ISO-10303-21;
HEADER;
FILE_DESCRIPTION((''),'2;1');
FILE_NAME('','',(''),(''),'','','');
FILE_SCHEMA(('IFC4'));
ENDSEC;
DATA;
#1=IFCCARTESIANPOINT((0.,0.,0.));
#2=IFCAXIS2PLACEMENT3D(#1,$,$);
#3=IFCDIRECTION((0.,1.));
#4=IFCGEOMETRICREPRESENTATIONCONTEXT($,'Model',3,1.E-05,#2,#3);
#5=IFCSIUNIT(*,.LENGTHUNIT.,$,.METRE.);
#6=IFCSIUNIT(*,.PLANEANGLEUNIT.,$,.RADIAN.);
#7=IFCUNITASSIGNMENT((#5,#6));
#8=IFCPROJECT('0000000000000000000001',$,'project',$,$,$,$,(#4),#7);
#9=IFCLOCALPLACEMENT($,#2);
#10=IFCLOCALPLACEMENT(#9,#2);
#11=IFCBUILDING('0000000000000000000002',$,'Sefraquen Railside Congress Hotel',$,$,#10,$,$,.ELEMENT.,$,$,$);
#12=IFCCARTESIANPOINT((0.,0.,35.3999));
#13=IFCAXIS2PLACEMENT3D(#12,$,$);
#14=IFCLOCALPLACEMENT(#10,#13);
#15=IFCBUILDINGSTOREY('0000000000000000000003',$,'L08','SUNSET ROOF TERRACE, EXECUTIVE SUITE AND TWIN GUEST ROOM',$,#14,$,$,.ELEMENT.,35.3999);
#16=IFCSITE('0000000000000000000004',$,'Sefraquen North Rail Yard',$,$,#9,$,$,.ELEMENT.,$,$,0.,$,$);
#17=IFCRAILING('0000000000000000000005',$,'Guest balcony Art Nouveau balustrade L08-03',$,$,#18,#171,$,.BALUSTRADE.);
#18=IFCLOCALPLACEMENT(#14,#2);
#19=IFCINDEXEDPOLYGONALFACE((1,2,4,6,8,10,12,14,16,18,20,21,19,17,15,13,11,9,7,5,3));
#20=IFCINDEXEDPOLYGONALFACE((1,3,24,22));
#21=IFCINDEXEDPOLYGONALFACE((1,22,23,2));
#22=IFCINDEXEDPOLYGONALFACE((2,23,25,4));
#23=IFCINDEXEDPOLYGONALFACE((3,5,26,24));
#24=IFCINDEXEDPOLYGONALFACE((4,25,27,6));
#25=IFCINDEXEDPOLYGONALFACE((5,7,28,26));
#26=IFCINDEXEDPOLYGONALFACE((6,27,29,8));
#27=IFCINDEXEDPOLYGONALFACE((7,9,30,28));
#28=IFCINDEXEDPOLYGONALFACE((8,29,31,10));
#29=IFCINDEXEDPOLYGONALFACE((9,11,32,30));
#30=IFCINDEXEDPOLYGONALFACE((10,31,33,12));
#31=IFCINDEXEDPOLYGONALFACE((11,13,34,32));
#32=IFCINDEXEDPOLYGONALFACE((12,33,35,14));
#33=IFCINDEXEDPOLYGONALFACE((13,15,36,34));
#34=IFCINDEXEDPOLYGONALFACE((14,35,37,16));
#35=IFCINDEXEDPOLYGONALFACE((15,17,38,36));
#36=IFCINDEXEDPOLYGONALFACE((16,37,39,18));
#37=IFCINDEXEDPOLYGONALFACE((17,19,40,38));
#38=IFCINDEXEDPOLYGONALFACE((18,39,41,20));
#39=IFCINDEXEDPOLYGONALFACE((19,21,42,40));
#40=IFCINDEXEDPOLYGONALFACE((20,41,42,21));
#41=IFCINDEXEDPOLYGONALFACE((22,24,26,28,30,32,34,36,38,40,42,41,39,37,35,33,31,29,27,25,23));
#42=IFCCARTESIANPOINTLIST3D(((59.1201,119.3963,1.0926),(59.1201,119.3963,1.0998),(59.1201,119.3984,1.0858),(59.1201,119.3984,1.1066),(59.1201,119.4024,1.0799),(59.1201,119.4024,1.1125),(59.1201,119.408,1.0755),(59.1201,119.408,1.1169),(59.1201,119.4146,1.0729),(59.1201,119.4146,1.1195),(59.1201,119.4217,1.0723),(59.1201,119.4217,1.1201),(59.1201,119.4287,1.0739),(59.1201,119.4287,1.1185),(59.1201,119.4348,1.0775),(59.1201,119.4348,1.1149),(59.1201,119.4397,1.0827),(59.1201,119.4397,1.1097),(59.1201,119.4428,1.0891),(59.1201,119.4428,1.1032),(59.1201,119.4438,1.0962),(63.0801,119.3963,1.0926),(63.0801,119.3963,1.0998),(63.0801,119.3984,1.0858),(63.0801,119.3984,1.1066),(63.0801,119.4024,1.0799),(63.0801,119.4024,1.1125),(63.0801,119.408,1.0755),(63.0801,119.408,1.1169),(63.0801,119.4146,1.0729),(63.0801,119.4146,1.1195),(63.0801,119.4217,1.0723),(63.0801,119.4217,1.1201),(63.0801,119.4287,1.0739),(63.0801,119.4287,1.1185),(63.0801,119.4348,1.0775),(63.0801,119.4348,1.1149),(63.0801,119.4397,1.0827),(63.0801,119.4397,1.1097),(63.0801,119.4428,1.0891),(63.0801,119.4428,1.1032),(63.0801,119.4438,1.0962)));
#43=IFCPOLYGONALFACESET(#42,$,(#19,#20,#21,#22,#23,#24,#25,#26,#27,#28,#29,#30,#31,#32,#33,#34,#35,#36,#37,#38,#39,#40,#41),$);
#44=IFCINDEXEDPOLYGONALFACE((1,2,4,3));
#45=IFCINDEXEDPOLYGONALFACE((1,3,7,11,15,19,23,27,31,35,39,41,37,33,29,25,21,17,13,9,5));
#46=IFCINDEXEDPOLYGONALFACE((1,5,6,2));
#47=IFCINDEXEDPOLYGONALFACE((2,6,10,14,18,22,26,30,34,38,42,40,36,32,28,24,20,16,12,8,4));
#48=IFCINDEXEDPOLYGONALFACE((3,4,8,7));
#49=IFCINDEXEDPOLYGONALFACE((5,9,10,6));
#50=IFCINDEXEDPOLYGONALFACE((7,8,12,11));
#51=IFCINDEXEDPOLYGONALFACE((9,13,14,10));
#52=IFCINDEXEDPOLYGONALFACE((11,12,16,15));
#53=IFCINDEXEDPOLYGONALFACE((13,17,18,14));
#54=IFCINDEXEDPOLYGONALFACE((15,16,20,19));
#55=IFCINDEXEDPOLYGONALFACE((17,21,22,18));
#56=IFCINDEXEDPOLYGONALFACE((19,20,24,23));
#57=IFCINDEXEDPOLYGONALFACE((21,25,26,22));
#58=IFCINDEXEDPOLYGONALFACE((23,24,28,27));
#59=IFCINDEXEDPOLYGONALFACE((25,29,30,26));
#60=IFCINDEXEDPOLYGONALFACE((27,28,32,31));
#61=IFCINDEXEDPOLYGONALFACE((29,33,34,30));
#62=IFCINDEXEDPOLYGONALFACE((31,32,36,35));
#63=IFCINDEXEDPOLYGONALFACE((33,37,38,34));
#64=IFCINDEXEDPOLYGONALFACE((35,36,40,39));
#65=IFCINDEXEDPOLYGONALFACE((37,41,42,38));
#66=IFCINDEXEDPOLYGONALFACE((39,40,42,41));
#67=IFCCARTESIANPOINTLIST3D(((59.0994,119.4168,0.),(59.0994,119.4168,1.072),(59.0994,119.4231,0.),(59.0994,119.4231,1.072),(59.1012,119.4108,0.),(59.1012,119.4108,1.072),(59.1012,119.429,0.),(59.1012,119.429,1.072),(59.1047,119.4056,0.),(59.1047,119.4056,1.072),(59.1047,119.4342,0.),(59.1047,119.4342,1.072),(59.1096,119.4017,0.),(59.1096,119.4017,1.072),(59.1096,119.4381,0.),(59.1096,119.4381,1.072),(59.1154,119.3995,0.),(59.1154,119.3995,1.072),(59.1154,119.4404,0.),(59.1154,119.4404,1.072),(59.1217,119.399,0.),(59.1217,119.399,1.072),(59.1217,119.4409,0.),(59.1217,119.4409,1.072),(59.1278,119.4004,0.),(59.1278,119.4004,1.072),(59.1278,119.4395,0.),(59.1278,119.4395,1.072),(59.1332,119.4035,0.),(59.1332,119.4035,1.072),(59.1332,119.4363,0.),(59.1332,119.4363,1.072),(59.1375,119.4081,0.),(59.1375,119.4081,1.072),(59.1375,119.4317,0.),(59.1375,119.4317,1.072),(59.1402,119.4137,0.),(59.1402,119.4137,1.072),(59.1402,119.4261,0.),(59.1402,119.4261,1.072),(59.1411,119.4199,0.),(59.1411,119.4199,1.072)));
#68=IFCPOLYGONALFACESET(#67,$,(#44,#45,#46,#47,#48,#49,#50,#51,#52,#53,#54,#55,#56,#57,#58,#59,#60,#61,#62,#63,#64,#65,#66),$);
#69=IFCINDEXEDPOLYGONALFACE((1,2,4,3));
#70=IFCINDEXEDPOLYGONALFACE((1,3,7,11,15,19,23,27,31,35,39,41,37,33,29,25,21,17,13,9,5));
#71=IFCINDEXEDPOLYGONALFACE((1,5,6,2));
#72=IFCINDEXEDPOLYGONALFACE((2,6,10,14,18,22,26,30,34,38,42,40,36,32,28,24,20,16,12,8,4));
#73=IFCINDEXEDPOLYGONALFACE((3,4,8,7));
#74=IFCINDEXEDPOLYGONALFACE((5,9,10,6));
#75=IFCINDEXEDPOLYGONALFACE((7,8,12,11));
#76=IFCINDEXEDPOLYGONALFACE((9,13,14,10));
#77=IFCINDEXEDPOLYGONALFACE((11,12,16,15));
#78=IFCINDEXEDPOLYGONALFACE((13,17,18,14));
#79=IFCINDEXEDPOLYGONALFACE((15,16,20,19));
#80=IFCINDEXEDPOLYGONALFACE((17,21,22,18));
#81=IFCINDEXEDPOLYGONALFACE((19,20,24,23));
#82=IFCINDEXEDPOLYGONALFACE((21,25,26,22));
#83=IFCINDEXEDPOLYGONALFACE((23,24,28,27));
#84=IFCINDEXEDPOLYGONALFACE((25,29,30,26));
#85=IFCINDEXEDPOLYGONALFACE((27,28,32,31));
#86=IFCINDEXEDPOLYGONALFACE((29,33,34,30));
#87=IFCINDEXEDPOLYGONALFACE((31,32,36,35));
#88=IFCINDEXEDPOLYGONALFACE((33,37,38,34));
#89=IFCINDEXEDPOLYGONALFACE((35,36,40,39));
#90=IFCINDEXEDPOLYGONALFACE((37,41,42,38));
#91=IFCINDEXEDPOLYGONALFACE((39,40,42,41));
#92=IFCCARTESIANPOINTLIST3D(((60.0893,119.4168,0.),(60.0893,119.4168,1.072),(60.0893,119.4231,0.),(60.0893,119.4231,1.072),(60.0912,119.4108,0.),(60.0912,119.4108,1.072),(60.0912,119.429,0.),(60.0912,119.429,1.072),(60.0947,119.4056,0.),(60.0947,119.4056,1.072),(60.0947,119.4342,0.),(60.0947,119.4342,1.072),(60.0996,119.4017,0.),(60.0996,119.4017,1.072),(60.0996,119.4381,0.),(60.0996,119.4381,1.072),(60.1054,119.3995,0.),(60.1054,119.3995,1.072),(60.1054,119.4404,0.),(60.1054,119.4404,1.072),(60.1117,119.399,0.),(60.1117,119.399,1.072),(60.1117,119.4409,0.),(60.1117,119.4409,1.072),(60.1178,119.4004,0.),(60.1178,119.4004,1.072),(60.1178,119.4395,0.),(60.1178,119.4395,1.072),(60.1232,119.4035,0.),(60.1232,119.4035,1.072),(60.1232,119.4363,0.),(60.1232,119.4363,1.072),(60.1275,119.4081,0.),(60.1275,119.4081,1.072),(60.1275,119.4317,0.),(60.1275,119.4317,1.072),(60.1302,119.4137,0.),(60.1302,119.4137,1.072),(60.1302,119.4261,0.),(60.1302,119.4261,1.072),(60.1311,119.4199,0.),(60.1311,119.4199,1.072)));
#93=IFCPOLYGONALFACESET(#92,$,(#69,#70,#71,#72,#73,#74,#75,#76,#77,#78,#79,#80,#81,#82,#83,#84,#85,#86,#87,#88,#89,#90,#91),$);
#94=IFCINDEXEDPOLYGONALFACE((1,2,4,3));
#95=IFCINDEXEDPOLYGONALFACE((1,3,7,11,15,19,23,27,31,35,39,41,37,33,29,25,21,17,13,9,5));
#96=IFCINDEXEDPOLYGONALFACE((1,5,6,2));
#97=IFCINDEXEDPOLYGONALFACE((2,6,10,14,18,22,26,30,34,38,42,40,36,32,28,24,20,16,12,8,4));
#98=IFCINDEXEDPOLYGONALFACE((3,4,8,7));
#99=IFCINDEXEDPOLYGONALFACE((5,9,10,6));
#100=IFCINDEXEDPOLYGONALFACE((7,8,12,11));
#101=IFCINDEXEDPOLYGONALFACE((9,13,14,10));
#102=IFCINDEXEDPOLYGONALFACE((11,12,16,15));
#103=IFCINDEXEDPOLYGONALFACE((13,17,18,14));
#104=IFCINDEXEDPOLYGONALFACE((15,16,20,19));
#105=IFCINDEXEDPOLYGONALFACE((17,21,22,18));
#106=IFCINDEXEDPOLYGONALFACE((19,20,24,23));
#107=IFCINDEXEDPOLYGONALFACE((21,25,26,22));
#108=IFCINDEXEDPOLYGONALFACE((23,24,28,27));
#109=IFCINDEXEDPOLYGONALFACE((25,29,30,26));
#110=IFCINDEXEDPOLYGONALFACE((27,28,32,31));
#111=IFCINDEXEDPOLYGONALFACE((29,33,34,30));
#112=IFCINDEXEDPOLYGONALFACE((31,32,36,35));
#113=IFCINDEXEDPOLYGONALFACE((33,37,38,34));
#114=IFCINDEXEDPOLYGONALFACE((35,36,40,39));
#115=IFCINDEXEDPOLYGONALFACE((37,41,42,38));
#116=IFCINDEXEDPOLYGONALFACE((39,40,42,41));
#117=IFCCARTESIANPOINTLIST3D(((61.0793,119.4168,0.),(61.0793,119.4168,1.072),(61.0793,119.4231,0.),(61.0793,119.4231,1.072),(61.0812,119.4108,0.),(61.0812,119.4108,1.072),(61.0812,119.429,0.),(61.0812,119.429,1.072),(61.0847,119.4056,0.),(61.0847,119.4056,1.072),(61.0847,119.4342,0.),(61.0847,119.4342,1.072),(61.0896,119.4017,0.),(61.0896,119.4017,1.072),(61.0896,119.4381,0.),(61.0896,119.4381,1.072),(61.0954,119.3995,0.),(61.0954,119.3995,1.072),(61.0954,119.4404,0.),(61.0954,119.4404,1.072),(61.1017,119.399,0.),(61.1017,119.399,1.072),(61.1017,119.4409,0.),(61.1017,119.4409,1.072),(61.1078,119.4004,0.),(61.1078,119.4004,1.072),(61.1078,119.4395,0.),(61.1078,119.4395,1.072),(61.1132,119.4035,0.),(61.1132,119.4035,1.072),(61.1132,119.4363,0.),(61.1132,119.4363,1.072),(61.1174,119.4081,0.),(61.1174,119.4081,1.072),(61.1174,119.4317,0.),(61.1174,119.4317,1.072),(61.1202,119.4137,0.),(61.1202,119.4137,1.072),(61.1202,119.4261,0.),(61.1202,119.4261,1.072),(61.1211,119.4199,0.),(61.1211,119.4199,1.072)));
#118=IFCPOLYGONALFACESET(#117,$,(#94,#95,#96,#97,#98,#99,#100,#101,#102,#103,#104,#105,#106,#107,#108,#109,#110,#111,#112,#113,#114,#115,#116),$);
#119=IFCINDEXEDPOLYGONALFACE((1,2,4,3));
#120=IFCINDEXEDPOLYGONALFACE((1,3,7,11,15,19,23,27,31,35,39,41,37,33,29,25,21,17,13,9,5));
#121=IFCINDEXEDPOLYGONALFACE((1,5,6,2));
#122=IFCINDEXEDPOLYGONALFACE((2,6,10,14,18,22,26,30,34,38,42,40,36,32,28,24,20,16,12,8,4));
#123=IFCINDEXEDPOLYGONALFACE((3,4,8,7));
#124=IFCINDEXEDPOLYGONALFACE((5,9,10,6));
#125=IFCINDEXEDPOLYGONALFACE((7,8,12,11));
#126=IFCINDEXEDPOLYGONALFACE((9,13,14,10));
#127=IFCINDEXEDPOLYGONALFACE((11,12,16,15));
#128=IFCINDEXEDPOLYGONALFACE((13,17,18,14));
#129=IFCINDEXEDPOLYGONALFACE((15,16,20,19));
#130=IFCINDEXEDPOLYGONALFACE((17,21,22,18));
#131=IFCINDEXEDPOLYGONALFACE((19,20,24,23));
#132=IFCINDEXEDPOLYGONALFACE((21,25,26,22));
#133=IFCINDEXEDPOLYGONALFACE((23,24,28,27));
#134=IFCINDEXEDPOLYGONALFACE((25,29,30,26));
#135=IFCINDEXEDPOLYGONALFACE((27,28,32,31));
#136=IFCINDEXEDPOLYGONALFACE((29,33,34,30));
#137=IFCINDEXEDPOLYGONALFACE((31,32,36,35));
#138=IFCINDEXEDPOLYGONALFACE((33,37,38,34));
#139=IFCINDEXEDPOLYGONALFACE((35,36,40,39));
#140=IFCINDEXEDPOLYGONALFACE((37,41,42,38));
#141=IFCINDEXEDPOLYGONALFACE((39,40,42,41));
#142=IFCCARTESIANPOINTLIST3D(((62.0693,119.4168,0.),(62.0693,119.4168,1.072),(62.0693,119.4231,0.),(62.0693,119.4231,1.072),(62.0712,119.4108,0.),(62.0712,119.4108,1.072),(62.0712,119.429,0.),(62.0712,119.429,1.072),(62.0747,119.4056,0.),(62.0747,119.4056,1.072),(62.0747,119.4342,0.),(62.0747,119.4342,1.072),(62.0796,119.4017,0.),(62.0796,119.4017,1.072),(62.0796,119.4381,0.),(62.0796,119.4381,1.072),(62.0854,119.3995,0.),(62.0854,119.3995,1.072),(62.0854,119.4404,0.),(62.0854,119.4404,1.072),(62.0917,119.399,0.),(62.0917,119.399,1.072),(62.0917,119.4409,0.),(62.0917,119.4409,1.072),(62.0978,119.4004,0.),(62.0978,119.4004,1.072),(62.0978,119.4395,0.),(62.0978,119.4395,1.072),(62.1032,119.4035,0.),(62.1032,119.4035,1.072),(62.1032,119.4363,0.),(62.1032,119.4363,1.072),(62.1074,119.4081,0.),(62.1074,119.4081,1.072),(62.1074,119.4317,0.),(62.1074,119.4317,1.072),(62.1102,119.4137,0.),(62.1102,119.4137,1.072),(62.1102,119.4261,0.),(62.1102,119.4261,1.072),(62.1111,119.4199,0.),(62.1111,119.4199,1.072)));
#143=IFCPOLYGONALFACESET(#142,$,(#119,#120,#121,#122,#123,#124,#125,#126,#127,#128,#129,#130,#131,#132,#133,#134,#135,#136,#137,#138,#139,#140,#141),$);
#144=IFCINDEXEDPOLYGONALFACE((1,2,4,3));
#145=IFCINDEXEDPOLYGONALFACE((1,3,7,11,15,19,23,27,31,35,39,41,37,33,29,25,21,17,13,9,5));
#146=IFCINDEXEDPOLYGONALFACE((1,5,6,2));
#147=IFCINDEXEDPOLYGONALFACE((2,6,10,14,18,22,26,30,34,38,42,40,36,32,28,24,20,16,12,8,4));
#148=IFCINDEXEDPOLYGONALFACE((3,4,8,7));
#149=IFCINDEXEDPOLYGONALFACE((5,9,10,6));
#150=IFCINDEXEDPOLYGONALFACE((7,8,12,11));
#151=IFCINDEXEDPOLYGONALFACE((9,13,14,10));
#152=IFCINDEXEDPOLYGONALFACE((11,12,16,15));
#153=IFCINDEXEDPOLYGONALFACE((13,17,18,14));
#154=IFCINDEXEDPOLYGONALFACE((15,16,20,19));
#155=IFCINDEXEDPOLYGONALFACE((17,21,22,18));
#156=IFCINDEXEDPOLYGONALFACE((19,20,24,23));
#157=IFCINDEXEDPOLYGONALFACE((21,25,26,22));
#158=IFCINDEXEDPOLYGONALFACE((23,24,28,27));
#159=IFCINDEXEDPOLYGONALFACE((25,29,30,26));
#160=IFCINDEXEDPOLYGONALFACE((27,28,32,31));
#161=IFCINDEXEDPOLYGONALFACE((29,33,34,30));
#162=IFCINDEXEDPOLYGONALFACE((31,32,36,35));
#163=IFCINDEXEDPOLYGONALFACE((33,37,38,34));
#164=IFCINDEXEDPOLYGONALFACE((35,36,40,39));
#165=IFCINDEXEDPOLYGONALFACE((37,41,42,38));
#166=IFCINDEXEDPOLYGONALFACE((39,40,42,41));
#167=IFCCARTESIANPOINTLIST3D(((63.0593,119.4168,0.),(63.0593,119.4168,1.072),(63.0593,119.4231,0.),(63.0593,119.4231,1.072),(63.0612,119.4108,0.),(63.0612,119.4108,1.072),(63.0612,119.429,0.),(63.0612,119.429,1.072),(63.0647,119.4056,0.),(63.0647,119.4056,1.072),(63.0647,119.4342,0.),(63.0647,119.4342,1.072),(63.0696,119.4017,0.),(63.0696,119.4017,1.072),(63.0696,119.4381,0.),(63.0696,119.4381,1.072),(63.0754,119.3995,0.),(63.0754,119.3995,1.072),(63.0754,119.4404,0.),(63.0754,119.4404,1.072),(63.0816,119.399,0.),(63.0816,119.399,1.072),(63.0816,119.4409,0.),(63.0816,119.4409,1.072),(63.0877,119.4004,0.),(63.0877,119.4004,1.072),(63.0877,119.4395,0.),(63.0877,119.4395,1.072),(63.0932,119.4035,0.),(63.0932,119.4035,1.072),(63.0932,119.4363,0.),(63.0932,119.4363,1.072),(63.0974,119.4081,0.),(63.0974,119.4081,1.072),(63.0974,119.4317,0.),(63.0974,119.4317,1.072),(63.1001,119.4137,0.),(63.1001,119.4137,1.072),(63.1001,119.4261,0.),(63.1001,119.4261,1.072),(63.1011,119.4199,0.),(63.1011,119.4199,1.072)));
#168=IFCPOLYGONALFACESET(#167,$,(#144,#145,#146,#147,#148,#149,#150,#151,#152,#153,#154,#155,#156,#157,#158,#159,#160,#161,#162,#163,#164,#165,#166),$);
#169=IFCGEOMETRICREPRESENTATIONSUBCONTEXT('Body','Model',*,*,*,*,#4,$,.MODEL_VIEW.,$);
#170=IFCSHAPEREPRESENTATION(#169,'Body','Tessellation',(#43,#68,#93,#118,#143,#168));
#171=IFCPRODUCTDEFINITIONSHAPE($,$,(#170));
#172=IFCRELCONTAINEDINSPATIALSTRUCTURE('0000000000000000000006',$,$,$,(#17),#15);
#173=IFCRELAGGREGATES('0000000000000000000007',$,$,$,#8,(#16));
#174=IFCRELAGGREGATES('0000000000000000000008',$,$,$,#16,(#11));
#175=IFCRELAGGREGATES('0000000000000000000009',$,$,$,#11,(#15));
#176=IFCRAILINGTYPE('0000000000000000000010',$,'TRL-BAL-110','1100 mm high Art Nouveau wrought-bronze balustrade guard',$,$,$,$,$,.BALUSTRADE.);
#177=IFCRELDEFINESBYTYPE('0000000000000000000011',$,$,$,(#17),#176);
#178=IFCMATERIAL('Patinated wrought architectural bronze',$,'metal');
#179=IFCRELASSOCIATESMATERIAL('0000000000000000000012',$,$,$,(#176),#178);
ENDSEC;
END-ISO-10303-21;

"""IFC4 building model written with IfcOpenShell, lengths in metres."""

from ifc_helpers import new_model, si_unit, direction, frame, origin, origin_2d, place, context, subcontext, project, spatial, circle, extrude, material, type_object, element, save


model = new_model("IFC4")

# Units and contexts
model_context = context("Model", 3, precision=1e-05, world=origin(), true_north=direction((0.0, 1.0)))
body_context = subcontext(model_context, "Body", "Model", "MODEL_VIEW")
ifc_project = project(units=[si_unit("LENGTHUNIT", "METRE"), si_unit("PLANEANGLEUNIT", "RADIAN")], contexts=[model_context])

# Site, building, storey
site_placement = place(None, origin())
site = spatial("IfcSite", under=ifc_project, at=site_placement, Name="Sefraquen North Rail Yard", CompositionType="ELEMENT", RefElevation=0.0)
building_placement = place(site_placement, origin())
building = spatial("IfcBuilding", under=site, at=building_placement, Name="Sefraquen Railside Congress Hotel", CompositionType="ELEMENT")
storey_placement = place(building_placement, frame((0.0, 0.0, 35.3999)))
storey = spatial("IfcBuildingStorey", under=building, at=storey_placement, Name="L08", Description="SUNSET ROOF TERRACE, EXECUTIVE SUITE AND TWIN GUEST ROOM", CompositionType="ELEMENT", Elevation=35.3999)

# Railing
ifc_material_1 = material(Name="Patinated wrought architectural bronze", Category="metal")
railing_type = type_object("IfcRailingType", Name="TRL-BAL-110", Description="1100 mm high Art Nouveau wrought-bronze balustrade guard", PredefinedType="BALUSTRADE", material=ifc_material_1)
railing_1_placement = place(storey_placement, frame((59.1201, 119.4199, 0.0)))
element("IfcRailing", 1, at=railing_1_placement, inside=storey, type_object=railing_type, Name="Guest balcony Art Nouveau balustrade L08-03", PredefinedType="BALUSTRADE", context=body_context, shape_type="SweptSolid", body=[
    extrude(circle(Radius=0.0239, at=origin_2d()), frame((0.0, 0.0, 1.0962), z_axis=(1.0, 0.0, 0.0), x_axis=(0.0, 1.0, 0.0)), (0.0, 0.0, 1.0), 3.96),
    extrude(circle(Radius=0.021, at=origin_2d()), origin(), (0.0, 0.0, 1.0), 1.072),
    extrude(circle(Radius=0.021, at=origin_2d()), frame((0.99, 0.0, 0.0)), (0.0, 0.0, 1.0), 1.072),
    extrude(circle(Radius=0.021, at=origin_2d()), frame((1.98, 0.0, 0.0)), (0.0, 0.0, 1.0), 1.072),
    extrude(circle(Radius=0.021, at=origin_2d()), frame((2.97, 0.0, 0.0)), (0.0, 0.0, 1.0), 1.072),
    extrude(circle(Radius=0.021, at=origin_2d()), frame((3.96, 0.0, 0.0)), (0.0, 0.0, 1.0), 1.072),
])

save(model, "model.ifc")
